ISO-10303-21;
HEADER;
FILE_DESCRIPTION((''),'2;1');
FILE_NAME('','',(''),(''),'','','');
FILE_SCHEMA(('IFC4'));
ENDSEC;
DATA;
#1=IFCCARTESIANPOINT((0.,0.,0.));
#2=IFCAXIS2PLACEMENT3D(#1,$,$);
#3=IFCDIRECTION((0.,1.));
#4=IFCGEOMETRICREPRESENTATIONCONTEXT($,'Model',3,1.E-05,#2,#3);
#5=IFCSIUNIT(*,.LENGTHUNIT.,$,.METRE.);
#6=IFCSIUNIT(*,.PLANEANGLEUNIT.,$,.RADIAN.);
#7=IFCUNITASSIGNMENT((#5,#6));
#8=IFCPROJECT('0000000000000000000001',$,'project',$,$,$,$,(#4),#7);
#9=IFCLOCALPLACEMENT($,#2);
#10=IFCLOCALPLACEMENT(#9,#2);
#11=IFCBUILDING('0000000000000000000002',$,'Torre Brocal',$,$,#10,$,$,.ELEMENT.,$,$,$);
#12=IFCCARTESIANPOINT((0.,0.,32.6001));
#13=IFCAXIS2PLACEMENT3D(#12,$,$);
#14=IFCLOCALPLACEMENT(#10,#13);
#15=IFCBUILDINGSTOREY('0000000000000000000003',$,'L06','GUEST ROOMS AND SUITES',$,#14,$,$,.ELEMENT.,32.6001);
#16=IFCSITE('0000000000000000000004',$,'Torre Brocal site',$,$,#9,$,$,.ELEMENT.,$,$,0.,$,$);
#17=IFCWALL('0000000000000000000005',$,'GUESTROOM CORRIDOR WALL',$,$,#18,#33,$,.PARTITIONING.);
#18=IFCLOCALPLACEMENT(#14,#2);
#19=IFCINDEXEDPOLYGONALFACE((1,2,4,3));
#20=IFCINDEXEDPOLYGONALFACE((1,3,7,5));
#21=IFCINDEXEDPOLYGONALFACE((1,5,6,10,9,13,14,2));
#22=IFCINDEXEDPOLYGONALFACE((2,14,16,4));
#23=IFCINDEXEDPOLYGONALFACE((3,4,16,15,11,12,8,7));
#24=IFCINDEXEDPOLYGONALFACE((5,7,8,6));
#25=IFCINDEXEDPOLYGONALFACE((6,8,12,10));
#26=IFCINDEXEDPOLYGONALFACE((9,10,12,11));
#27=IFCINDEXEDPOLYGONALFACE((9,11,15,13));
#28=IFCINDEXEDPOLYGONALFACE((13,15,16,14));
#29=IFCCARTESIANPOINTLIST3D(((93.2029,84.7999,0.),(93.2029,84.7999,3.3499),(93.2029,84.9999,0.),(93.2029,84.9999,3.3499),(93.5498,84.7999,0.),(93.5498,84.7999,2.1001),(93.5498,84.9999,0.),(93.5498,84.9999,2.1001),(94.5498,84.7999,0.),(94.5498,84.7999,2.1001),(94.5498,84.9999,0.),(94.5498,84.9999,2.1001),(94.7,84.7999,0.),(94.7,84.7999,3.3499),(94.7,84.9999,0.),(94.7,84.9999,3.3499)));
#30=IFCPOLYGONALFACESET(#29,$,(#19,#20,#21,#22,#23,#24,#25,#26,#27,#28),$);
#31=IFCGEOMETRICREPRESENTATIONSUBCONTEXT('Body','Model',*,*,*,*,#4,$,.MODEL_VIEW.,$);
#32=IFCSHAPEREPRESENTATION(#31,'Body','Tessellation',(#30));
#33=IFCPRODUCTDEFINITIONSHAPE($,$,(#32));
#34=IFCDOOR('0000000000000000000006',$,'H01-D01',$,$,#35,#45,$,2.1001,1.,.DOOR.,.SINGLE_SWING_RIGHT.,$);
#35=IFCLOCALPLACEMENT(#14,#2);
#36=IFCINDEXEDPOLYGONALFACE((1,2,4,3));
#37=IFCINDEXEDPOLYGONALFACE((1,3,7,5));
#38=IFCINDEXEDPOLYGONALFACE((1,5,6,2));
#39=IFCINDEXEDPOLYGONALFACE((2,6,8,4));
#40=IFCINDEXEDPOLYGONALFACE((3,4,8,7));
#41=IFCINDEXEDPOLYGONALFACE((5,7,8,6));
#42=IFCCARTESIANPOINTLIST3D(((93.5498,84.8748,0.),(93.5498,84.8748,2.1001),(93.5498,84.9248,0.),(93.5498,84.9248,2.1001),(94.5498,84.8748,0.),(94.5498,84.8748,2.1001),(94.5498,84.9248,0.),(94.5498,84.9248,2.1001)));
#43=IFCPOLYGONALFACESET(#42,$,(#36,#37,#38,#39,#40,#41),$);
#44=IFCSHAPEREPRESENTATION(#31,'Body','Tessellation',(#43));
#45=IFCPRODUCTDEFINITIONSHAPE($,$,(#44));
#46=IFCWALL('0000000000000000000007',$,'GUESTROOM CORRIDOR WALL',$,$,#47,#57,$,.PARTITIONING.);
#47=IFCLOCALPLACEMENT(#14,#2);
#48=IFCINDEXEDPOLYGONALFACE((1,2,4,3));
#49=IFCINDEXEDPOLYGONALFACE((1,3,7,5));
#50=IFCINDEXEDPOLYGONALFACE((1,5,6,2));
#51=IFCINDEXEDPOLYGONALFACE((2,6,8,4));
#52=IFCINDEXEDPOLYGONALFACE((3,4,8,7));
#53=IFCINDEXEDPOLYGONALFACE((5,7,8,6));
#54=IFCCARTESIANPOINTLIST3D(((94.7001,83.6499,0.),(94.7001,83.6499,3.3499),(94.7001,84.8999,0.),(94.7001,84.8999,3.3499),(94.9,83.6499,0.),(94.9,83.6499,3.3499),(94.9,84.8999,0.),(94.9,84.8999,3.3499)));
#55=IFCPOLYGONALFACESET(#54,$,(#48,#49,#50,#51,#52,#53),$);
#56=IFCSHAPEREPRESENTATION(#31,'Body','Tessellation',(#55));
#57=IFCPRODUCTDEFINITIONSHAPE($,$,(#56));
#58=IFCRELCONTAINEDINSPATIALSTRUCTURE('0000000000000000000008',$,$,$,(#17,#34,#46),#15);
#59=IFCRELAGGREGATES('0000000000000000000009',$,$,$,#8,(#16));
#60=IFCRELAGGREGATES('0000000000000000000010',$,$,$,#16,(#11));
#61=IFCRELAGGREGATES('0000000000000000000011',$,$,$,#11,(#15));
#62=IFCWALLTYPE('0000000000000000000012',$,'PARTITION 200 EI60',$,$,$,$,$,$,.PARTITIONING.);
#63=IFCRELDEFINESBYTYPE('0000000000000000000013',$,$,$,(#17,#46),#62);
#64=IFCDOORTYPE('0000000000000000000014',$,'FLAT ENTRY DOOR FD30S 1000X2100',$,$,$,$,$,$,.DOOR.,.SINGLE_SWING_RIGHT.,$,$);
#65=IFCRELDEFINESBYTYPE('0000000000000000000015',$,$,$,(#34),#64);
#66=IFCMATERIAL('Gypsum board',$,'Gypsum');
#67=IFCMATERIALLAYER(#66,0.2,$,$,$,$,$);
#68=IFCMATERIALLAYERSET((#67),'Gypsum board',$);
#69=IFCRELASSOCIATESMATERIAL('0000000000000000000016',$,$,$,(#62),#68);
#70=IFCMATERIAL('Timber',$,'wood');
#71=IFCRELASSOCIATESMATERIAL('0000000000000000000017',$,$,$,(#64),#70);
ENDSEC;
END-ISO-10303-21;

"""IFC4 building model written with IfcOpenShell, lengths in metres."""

from ifc_helpers import new_model, si_unit, direction, frame, frame_2d, origin, place, context, subcontext, project, spatial, rectangle, extrude, material, layer, layer_set, type_object, element, fill, save


model = new_model("IFC4")

# Units and contexts
model_context = context("Model", 3, precision=1e-05, world=origin(), true_north=direction((0.0, 1.0)))
body_context = subcontext(model_context, "Body", "Model", "MODEL_VIEW")
ifc_project = project(units=[si_unit("LENGTHUNIT", "METRE"), si_unit("PLANEANGLEUNIT", "RADIAN")], contexts=[model_context])

# Site, building, storey
site_placement = place(None, origin())
site = spatial("IfcSite", under=ifc_project, at=site_placement, Name="Torre Brocal site", CompositionType="ELEMENT", RefElevation=0.0)
building_placement = place(site_placement, origin())
building = spatial("IfcBuilding", under=site, at=building_placement, Name="Torre Brocal", CompositionType="ELEMENT")
storey_placement = place(building_placement, frame((0.0, 0.0, 32.6001)))
storey = spatial("IfcBuildingStorey", under=building, at=storey_placement, Name="L06", Description="GUEST ROOMS AND SUITES", CompositionType="ELEMENT", Elevation=32.6001)

# Wall, opening, door
ifc_material_1 = material(Name="Gypsum board", Category="Gypsum")
ifc_layer_1 = layer(ifc_material_1, 0.2)
ifc_layer_set_1 = layer_set([ifc_layer_1], Name="Gypsum board")
wall_type_1 = type_object("IfcWallType", Name="PARTITION 200 EI60", PredefinedType="PARTITIONING", material=ifc_layer_set_1)
wall_1_placement = place(storey_placement, frame((93.2029, 84.8999, 0.0), z_axis=(0.0, 0.0, 1.0), x_axis=(1.0, 0.0, 0.0)))
wall_1 = element("IfcWall", 1, at=wall_1_placement, inside=storey, type_object=wall_type_1, Name="GUESTROOM CORRIDOR WALL", PredefinedType="PARTITIONING", context=body_context, shape_type="SweptSolid", body=[
    extrude(rectangle(XDim=1.4971, YDim=0.2, at=frame_2d((0.7485, 0.0))), origin(), (0.0, 0.0, 1.0), 3.3499),
])
opening_1_placement = place(wall_1_placement, frame((0.3469, 0.0, 0.0)))
opening_1 = element("IfcOpeningElement", 2, at=opening_1_placement, cuts=wall_1, PredefinedType="OPENING", context=body_context, shape_type="SweptSolid", body=[
    extrude(rectangle(XDim=1.0, YDim=2.1001, at=frame_2d((0.5, 1.05))), frame((0.0, 0.1099, 0.0), z_axis=(0.0, -1.0, 0.0), x_axis=(1.0, 0.0, 0.0)), (0.0, 0.0, 1.0), 0.22),
])
ifc_material_2 = material(Name="Timber", Category="wood")
door_type_1 = type_object("IfcDoorType", Name="FLAT ENTRY DOOR FD30S 1000X2100", OperationType="SINGLE_SWING_RIGHT", PredefinedType="DOOR", material=ifc_material_2)
door_1_placement = place(opening_1_placement, origin())
door_1 = element("IfcDoor", 3, at=door_1_placement, inside=storey, type_object=door_type_1, Name="H01-D01", OperationType="SINGLE_SWING_RIGHT", OverallHeight=2.1001, OverallWidth=1.0, PredefinedType="DOOR", context=body_context, shape_type="SweptSolid", body=[
    extrude(rectangle(XDim=1.0, YDim=2.1001, at=frame_2d((0.5, 1.05))), frame((0.0, 0.0249, 0.0), z_axis=(0.0, -1.0, 0.0), x_axis=(1.0, 0.0, 0.0)), (0.0, 0.0, 1.0), 0.05),
])
fill(opening_1, door_1)

# Wall
wall_2_placement = place(storey_placement, frame((94.8, 83.6499, 0.0), z_axis=(0.0, 0.0, 1.0), x_axis=(0.0, 1.0, 0.0)))
element("IfcWall", 4, at=wall_2_placement, inside=storey, type_object=wall_type_1, Name="GUESTROOM CORRIDOR WALL", PredefinedType="PARTITIONING", context=body_context, shape_type="SweptSolid", body=[
    extrude(rectangle(XDim=1.25, YDim=0.2, at=frame_2d((0.625, 0.0))), origin(), (0.0, 0.0, 1.0), 3.3499),
])

save(model, "model.ifc")
